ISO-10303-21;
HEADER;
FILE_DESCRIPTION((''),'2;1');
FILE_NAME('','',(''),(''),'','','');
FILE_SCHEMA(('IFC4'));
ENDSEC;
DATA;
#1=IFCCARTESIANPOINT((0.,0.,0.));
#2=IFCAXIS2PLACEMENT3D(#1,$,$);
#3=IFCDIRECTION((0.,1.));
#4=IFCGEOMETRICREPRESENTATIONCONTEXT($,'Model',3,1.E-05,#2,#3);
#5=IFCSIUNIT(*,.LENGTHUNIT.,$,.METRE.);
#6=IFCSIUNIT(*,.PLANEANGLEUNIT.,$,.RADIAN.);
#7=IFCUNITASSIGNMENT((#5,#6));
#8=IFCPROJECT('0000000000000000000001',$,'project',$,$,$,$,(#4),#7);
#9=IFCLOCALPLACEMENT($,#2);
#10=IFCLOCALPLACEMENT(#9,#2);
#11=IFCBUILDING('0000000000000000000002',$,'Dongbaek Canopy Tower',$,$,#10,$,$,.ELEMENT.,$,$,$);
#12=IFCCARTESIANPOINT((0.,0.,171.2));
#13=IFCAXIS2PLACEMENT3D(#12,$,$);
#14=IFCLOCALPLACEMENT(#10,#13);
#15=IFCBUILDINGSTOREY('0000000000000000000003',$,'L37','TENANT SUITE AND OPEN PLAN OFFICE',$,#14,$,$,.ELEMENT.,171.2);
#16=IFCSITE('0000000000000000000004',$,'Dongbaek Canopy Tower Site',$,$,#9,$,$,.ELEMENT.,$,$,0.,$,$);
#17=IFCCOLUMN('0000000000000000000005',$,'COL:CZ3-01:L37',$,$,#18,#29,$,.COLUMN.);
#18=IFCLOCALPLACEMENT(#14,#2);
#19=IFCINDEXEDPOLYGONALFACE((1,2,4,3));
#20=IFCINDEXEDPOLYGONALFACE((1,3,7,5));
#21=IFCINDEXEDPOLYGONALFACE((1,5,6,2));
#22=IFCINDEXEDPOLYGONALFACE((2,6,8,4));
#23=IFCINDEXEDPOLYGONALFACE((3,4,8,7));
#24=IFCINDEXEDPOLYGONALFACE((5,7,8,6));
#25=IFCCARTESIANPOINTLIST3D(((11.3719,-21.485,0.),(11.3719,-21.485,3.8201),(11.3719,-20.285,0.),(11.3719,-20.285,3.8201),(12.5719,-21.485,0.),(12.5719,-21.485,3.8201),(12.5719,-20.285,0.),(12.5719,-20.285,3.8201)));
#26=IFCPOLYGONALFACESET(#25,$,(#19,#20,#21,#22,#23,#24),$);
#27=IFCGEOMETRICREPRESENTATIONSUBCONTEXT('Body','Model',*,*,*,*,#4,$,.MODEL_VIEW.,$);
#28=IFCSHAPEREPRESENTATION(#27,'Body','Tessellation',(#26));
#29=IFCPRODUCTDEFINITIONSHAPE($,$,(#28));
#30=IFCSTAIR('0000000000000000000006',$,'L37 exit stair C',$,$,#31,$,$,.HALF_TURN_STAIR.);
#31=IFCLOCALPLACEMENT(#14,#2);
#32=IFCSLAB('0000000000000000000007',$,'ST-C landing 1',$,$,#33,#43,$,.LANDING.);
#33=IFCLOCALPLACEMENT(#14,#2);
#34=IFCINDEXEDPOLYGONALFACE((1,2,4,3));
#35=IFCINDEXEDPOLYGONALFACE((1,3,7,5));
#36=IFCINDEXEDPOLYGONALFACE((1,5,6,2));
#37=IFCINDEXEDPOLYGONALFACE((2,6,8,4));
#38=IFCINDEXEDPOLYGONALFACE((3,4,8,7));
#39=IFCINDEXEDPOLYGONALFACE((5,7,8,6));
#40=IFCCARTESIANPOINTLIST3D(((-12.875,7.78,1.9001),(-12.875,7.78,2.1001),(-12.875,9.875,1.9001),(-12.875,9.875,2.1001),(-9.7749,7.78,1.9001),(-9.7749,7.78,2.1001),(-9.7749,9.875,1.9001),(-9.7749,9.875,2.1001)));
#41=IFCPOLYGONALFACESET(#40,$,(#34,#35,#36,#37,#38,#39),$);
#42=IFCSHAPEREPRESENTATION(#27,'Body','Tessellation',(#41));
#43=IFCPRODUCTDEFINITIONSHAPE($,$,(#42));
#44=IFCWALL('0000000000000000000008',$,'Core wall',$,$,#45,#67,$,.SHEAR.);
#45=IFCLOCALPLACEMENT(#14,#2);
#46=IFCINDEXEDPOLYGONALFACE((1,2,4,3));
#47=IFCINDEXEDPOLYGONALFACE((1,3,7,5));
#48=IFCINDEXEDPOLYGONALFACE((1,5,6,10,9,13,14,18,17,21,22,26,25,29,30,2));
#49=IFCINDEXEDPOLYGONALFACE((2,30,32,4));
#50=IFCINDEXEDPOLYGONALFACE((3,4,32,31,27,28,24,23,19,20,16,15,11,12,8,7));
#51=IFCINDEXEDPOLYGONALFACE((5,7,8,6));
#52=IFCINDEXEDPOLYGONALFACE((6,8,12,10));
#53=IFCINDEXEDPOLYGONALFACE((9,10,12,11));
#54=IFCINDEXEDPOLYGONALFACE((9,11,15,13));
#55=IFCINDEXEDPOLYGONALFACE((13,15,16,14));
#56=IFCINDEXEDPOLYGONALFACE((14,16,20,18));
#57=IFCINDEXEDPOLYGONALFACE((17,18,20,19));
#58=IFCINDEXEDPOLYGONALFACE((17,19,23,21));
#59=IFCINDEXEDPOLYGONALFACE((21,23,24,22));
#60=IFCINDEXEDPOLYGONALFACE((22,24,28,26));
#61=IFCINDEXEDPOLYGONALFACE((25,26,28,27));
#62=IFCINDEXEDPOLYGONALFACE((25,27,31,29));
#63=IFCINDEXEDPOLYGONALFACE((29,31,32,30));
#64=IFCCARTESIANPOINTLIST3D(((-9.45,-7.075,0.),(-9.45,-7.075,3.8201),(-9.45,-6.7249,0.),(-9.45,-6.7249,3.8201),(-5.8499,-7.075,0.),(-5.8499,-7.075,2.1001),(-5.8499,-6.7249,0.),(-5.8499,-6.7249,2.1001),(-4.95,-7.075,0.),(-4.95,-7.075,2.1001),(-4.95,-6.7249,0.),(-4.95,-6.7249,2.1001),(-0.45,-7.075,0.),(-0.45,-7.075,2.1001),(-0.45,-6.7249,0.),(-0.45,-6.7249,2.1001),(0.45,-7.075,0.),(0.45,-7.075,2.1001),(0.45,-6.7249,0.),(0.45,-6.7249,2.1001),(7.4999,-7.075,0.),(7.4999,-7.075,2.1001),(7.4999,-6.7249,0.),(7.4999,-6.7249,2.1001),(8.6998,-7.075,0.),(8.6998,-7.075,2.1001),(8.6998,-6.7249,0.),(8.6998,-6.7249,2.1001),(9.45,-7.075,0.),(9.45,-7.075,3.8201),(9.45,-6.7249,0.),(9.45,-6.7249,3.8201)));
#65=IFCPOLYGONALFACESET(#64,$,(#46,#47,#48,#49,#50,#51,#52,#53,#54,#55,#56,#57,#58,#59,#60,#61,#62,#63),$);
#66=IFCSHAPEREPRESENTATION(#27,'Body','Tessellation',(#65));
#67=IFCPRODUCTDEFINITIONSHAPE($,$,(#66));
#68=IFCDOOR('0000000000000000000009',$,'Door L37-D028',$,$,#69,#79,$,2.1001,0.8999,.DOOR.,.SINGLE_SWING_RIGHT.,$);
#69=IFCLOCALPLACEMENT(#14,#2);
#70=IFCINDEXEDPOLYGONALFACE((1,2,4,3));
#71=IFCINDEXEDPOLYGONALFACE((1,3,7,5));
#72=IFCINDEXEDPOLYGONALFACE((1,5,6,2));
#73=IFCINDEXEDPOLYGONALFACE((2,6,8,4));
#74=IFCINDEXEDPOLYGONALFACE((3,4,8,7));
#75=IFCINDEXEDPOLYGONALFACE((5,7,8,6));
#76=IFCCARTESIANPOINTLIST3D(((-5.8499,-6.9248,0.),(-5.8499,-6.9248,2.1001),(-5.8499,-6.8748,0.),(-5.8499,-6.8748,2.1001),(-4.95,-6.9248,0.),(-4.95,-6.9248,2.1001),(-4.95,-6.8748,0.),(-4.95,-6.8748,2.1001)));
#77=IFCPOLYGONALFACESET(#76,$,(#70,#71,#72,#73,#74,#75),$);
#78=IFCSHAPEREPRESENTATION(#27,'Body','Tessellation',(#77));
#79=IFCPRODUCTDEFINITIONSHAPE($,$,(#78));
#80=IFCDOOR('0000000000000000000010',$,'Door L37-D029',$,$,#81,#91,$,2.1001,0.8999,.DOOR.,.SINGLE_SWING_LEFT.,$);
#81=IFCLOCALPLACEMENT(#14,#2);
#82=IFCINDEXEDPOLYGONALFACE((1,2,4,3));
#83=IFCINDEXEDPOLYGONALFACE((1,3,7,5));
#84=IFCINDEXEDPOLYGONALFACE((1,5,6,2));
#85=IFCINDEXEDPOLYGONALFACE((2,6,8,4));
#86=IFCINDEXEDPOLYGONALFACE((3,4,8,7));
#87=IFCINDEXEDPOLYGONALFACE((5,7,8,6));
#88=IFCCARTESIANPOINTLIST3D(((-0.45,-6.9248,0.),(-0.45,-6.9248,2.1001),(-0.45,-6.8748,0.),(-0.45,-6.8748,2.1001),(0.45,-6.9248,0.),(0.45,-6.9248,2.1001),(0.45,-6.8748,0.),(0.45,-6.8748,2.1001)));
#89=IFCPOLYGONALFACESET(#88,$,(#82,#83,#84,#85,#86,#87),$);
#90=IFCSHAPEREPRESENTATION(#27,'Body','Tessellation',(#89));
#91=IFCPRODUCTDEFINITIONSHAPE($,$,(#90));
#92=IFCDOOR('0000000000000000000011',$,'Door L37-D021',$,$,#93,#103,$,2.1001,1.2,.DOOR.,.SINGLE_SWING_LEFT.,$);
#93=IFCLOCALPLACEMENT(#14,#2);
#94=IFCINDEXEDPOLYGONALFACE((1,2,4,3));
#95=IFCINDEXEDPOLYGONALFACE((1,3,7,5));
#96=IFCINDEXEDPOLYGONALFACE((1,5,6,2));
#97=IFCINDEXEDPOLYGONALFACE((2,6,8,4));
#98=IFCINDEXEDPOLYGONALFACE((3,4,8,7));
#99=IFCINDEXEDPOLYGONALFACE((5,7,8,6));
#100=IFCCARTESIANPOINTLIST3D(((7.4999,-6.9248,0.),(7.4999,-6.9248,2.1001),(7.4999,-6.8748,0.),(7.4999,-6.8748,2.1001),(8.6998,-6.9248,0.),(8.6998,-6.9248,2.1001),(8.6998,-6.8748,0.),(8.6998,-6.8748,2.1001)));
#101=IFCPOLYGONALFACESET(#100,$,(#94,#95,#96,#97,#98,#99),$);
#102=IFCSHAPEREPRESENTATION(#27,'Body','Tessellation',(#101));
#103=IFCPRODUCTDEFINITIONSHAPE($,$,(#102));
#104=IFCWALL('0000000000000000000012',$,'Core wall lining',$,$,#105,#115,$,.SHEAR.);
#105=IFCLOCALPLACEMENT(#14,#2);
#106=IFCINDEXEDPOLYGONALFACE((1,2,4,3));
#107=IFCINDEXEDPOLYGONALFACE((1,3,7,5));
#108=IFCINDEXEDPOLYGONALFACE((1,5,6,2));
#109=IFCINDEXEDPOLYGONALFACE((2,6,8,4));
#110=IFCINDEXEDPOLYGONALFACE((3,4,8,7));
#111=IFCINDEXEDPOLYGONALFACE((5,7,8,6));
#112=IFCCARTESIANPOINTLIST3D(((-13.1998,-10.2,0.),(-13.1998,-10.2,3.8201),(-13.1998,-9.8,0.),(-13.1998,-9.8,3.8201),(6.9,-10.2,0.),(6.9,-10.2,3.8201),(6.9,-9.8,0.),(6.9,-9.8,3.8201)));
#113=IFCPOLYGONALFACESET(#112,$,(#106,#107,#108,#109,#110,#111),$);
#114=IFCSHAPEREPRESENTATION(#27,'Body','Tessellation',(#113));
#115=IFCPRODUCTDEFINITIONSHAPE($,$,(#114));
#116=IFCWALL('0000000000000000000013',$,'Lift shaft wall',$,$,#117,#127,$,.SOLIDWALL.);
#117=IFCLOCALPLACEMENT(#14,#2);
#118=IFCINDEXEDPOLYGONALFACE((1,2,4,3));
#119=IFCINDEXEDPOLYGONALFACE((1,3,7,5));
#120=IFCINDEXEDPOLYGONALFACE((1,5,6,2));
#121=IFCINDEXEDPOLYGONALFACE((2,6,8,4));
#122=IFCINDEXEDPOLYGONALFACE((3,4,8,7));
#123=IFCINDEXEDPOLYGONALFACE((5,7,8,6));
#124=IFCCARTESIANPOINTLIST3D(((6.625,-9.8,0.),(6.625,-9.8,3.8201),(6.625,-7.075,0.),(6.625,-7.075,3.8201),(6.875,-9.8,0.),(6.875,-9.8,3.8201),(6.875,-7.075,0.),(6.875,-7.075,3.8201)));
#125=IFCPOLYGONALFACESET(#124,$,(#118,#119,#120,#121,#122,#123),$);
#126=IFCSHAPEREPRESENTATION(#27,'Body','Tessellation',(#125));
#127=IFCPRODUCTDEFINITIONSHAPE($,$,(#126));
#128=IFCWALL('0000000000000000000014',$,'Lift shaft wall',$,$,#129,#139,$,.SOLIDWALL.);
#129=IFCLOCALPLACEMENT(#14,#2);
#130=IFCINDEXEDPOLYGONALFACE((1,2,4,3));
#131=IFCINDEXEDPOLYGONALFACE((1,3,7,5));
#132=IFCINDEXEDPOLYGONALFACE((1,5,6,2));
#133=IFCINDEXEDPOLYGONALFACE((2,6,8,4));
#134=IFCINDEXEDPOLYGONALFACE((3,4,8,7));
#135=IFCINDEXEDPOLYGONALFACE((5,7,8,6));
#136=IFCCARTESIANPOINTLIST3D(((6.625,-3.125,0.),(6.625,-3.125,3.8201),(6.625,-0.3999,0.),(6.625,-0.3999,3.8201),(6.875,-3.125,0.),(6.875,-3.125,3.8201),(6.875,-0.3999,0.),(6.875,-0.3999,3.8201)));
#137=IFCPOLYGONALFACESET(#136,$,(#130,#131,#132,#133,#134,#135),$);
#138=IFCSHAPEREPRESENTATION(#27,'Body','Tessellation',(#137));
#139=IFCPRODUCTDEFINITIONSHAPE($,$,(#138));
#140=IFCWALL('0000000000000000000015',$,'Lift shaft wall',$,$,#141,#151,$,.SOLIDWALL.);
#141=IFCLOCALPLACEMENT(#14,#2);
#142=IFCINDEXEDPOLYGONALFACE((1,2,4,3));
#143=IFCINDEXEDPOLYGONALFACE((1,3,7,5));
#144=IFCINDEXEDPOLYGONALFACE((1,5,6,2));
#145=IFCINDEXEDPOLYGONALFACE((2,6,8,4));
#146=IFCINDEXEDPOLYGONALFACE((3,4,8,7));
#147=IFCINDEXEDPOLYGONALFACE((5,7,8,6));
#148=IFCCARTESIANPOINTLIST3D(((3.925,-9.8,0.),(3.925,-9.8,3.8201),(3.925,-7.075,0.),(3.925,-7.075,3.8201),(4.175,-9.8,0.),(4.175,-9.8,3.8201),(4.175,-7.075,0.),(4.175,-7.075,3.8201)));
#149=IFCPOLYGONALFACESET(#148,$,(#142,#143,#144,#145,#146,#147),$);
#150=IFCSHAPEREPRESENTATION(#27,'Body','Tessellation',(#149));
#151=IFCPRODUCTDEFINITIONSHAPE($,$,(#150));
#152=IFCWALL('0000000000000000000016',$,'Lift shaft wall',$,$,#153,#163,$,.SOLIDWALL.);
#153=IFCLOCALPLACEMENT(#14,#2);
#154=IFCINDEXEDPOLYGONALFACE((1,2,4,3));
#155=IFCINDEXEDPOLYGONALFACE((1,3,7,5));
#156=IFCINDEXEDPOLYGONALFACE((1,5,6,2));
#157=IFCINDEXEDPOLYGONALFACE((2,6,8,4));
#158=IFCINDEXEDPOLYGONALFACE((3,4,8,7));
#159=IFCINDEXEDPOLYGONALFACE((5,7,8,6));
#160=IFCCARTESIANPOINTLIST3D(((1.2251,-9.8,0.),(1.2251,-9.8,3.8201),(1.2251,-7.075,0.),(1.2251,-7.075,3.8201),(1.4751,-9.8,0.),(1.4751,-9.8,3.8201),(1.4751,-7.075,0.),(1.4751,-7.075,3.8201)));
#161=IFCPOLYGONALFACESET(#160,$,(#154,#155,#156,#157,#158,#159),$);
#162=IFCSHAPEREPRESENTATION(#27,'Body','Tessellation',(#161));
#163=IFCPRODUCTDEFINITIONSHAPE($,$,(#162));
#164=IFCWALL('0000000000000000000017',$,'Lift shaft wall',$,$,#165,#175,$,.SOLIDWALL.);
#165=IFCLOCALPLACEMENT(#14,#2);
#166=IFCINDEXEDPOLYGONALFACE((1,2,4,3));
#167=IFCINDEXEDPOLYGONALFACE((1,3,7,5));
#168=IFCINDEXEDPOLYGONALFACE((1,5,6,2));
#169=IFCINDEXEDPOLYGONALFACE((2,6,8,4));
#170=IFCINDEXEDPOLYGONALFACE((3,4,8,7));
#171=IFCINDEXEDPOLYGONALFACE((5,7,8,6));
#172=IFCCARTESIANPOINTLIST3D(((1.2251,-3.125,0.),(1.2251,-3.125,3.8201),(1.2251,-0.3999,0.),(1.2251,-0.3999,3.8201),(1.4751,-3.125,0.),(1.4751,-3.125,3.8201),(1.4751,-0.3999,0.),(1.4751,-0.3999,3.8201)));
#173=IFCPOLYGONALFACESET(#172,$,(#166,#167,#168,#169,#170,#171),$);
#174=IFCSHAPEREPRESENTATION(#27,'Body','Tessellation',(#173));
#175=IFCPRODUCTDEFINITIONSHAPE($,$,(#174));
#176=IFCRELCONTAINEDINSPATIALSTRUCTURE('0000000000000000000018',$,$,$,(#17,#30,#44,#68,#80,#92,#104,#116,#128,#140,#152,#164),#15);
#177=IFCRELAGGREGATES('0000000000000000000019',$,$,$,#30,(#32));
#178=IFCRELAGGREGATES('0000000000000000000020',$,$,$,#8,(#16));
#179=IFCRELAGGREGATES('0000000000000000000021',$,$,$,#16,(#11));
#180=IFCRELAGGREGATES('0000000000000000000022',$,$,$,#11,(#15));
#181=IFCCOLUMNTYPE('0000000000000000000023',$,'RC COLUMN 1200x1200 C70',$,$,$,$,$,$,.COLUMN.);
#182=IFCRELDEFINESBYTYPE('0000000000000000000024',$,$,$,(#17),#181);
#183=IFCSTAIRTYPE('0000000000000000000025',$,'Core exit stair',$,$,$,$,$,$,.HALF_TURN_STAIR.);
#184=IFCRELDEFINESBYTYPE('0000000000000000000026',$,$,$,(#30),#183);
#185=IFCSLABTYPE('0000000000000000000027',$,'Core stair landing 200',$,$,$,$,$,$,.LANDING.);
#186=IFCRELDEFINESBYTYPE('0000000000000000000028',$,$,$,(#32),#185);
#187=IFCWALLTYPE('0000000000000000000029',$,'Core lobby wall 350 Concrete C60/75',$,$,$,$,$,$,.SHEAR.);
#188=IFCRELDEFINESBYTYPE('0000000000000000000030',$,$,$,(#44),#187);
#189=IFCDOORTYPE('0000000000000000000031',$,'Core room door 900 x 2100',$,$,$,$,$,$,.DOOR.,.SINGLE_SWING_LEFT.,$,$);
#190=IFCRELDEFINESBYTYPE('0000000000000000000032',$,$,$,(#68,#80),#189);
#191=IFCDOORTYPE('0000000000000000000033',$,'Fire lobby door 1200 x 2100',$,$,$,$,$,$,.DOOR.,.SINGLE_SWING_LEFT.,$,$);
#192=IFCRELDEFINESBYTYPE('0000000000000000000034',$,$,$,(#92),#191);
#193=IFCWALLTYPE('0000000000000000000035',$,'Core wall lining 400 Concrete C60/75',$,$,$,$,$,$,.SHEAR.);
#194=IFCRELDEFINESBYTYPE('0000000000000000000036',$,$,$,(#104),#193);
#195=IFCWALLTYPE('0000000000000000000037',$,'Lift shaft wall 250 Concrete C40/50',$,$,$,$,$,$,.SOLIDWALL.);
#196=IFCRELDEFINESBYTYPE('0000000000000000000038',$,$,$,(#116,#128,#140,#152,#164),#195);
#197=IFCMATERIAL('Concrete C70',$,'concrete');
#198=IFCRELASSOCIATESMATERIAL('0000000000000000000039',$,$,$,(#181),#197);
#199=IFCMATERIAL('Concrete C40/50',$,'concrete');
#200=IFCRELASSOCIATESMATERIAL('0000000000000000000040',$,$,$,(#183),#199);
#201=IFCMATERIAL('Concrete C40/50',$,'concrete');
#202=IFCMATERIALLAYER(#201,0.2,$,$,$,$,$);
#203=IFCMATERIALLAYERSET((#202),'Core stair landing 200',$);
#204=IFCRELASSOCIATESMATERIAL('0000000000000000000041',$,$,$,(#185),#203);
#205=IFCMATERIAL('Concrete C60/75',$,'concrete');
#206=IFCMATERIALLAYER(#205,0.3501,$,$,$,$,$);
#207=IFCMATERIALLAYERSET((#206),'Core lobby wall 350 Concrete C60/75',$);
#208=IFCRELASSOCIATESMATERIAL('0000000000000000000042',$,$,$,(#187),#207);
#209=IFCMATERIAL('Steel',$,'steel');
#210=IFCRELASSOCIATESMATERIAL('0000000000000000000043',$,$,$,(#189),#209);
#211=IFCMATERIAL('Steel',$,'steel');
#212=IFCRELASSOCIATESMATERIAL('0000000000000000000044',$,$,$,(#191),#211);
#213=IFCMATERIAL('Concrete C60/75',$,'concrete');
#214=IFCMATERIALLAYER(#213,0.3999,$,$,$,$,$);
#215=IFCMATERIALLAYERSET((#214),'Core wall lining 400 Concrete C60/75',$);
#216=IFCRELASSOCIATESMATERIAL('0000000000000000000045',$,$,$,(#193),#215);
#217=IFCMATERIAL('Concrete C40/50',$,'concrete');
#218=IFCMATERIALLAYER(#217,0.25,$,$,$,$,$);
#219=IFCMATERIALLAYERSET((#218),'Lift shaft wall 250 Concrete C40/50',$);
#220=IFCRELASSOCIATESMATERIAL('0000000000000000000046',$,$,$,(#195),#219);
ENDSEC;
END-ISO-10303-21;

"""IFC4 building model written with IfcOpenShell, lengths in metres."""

from ifc_helpers import new_model, si_unit, direction, frame, frame_2d, origin, origin_2d, place, context, subcontext, project, spatial, polyline, rectangle, outline, extrude, material, layer, layer_set, material_profile, profile_set, type_object, element, fill, aggregate, save


model = new_model("IFC4")

# Units and contexts
model_context = context("Model", 3, precision=1e-05, world=origin(), true_north=direction((0.0, 1.0)))
body_context = subcontext(model_context, "Body", "Model", "MODEL_VIEW")
ifc_project = project(units=[si_unit("LENGTHUNIT", "METRE"), si_unit("PLANEANGLEUNIT", "RADIAN")], contexts=[model_context])

# Site, building, storey
site_placement = place(None, origin())
site = spatial("IfcSite", under=ifc_project, at=site_placement, Name="Dongbaek Canopy Tower Site", CompositionType="ELEMENT", RefElevation=0.0)
building_placement = place(site_placement, origin())
building = spatial("IfcBuilding", under=site, at=building_placement, Name="Dongbaek Canopy Tower", CompositionType="ELEMENT")
storey_placement = place(building_placement, frame((0.0, 0.0, 171.2)))
storey = spatial("IfcBuildingStorey", under=building, at=storey_placement, Name="L37", Description="TENANT SUITE AND OPEN PLAN OFFICE", CompositionType="ELEMENT", Elevation=171.2)

# Column
ifc_material_1 = material(Name="Concrete C70", Category="concrete")
ifc_material_profile = material_profile(ifc_material_1, rectangle(XDim=1.2, YDim=1.2, at=origin_2d()), Name="RC COLUMN 1200x1200 C70")
ifc_profile_set = profile_set([ifc_material_profile], Name="Concrete C70")
column_type = type_object("IfcColumnType", Name="RC COLUMN 1200x1200 C70", PredefinedType="COLUMN", material=ifc_profile_set)
column_placement = place(storey_placement, frame((11.9719, -20.885, 0.0), z_axis=(0.0, 0.0, 1.0), x_axis=(1.0, 0.0, 0.0)))
element("IfcColumn", 1, at=column_placement, inside=storey, type_object=column_type, Name="COL:CZ3-01:L37", PredefinedType="COLUMN", context=body_context, shape_type="SweptSolid", body=[
    extrude(rectangle(XDim=1.2, YDim=1.2, at=origin_2d()), origin(), (0.0, 0.0, 1.0), 3.8201),
])

# Stair, slab
ifc_material_2 = material(Name="Concrete C40/50", Category="concrete")
stair_type = type_object("IfcStairType", Name="Core exit stair", PredefinedType="HALF_TURN_STAIR", material=ifc_material_2)
stair_1_placement = place(storey_placement, origin())
stair_1 = element("IfcStair", 2, at=stair_1_placement, inside=storey, type_object=stair_type, Name="L37 exit stair C", PredefinedType="HALF_TURN_STAIR")
ifc_material_3 = material(Name="Concrete C40/50", Category="concrete")
ifc_layer_1 = layer(ifc_material_3, 0.2)
ifc_layer_set_1 = layer_set([ifc_layer_1], Name="Core stair landing 200")
slab_type = type_object("IfcSlabType", Name="Core stair landing 200", PredefinedType="LANDING", material=ifc_layer_set_1)
slab_placement = place(storey_placement, frame((0.0, 0.0, 1.9001)))
slab = element("IfcSlab", 3, at=slab_placement, type_object=slab_type, Name="ST-C landing 1", PredefinedType="LANDING", context=body_context, shape_type="SweptSolid", body=[
    extrude(outline(polyline([(-9.7749, 7.78), (-9.7749, 9.875), (-12.875, 9.875), (-12.875, 7.78), (-9.7749, 7.78)])), origin(), (0.0, 0.0, 1.0), 0.2),
])
aggregate(stair_1, [slab])

# Wall, openings, doors
ifc_material_4 = material(Name="Concrete C60/75", Category="concrete")
ifc_layer_2 = layer(ifc_material_4, 0.3501)
ifc_layer_set_2 = layer_set([ifc_layer_2], Name="Core lobby wall 350 Concrete C60/75")
wall_type_1 = type_object("IfcWallType", Name="Core lobby wall 350 Concrete C60/75", PredefinedType="SHEAR", material=ifc_layer_set_2)
wall_1_placement = place(storey_placement, frame((9.45, -6.8999, 0.0), z_axis=(0.0, 0.0, 1.0), x_axis=(-1.0, 0.0, 0.0)))
wall_1 = element("IfcWall", 4, at=wall_1_placement, inside=storey, type_object=wall_type_1, Name="Core wall", PredefinedType="SHEAR", context=body_context, shape_type="SweptSolid", body=[
    extrude(rectangle(XDim=18.8999, YDim=0.3501, at=frame_2d((9.45, 0.0))), origin(), (0.0, 0.0, 1.0), 3.8201),
])
opening_1_placement = place(wall_1_placement, frame((0.75, 0.0, 0.0)))
opening_1 = element("IfcOpeningElement", 5, at=opening_1_placement, cuts=wall_1, PredefinedType="OPENING", context=body_context, shape_type="SweptSolid", body=[
    extrude(rectangle(XDim=1.2, YDim=2.1001, at=frame_2d((0.6001, 1.05))), frame((0.0, 0.1851, 0.0), z_axis=(0.0, -1.0, 0.0), x_axis=(1.0, 0.0, 0.0)), (0.0, 0.0, 1.0), 0.3701),
])
opening_2_placement = place(wall_1_placement, frame((14.3999, 0.0, 0.0)))
opening_2 = element("IfcOpeningElement", 6, at=opening_2_placement, cuts=wall_1, PredefinedType="OPENING", context=body_context, shape_type="SweptSolid", body=[
    extrude(rectangle(XDim=0.8999, YDim=2.1001, at=frame_2d((0.45, 1.05))), frame((0.0, 0.1851, 0.0), z_axis=(0.0, -1.0, 0.0), x_axis=(1.0, 0.0, 0.0)), (0.0, 0.0, 1.0), 0.3701),
])
opening_3_placement = place(wall_1_placement, frame((9.0, 0.0, 0.0)))
opening_3 = element("IfcOpeningElement", 7, at=opening_3_placement, cuts=wall_1, PredefinedType="OPENING", context=body_context, shape_type="SweptSolid", body=[
    extrude(rectangle(XDim=0.8999, YDim=2.1001, at=frame_2d((0.45, 1.05))), frame((0.0, 0.1851, 0.0), z_axis=(0.0, -1.0, 0.0), x_axis=(1.0, 0.0, 0.0)), (0.0, 0.0, 1.0), 0.3701),
])
ifc_material_5 = material(Name="Steel", Category="steel")
door_type_1 = type_object("IfcDoorType", Name="Core room door 900 x 2100", OperationType="SINGLE_SWING_LEFT", PredefinedType="DOOR", material=ifc_material_5)
door_1_placement = place(opening_2_placement, origin())
door_1 = element("IfcDoor", 8, at=door_1_placement, inside=storey, type_object=door_type_1, Name="Door L37-D028", OperationType="SINGLE_SWING_RIGHT", OverallHeight=2.1001, OverallWidth=0.8999, PredefinedType="DOOR", context=body_context, shape_type="SweptSolid", body=[
    extrude(rectangle(XDim=0.8999, YDim=2.1001, at=frame_2d((0.45, 1.05))), frame((0.0, 0.0249, 0.0), z_axis=(0.0, -1.0, 0.0), x_axis=(1.0, 0.0, 0.0)), (0.0, 0.0, 1.0), 0.05),
])
fill(opening_2, door_1)
door_2_placement = place(opening_3_placement, origin())
door_2 = element("IfcDoor", 9, at=door_2_placement, inside=storey, type_object=door_type_1, Name="Door L37-D029", OperationType="SINGLE_SWING_LEFT", OverallHeight=2.1001, OverallWidth=0.8999, PredefinedType="DOOR", context=body_context, shape_type="SweptSolid", body=[
    extrude(rectangle(XDim=0.8999, YDim=2.1001, at=frame_2d((0.45, 1.05))), frame((0.0, 0.0249, 0.0), z_axis=(0.0, -1.0, 0.0), x_axis=(1.0, 0.0, 0.0)), (0.0, 0.0, 1.0), 0.05),
])
fill(opening_3, door_2)
ifc_material_6 = material(Name="Steel", Category="steel")
door_type_2 = type_object("IfcDoorType", Name="Fire lobby door 1200 x 2100", OperationType="SINGLE_SWING_LEFT", PredefinedType="DOOR", material=ifc_material_6)
door_3_placement = place(opening_1_placement, origin())
door_3 = element("IfcDoor", 10, at=door_3_placement, inside=storey, type_object=door_type_2, Name="Door L37-D021", OperationType="SINGLE_SWING_LEFT", OverallHeight=2.1001, OverallWidth=1.2, PredefinedType="DOOR", context=body_context, shape_type="SweptSolid", body=[
    extrude(rectangle(XDim=1.2, YDim=2.1001, at=frame_2d((0.6001, 1.05))), frame((0.0, 0.0249, 0.0), z_axis=(0.0, -1.0, 0.0), x_axis=(1.0, 0.0, 0.0)), (0.0, 0.0, 1.0), 0.05),
])
fill(opening_1, door_3)

# Walls
ifc_material_7 = material(Name="Concrete C60/75", Category="concrete")
ifc_layer_3 = layer(ifc_material_7, 0.3999)
ifc_layer_set_3 = layer_set([ifc_layer_3], Name="Core wall lining 400 Concrete C60/75")
wall_type_2 = type_object("IfcWallType", Name="Core wall lining 400 Concrete C60/75", PredefinedType="SHEAR", material=ifc_layer_set_3)
wall_2_placement = place(storey_placement, frame((6.8999, -10.0, 0.0), z_axis=(0.0, 0.0, 1.0), x_axis=(-1.0, 0.0, 0.0)))
element("IfcWall", 11, at=wall_2_placement, inside=storey, type_object=wall_type_2, Name="Core wall lining", PredefinedType="SHEAR", context=body_context, shape_type="SweptSolid", body=[
    extrude(rectangle(XDim=20.0999, YDim=0.3999, at=frame_2d((10.0498, 0.0))), origin(), (0.0, 0.0, 1.0), 3.8201),
])
ifc_material_8 = material(Name="Concrete C40/50", Category="concrete")
ifc_layer_4 = layer(ifc_material_8, 0.25)
ifc_layer_set_4 = layer_set([ifc_layer_4], Name="Lift shaft wall 250 Concrete C40/50")
wall_type_3 = type_object("IfcWallType", Name="Lift shaft wall 250 Concrete C40/50", PredefinedType="SOLIDWALL", material=ifc_layer_set_4)
for number, where, z_axis, x_axis, name in (
    (12, (6.75, -9.8, 0.0), (0.0, 0.0, 1.0), (0.0, 1.0, 0.0), "Lift shaft wall"),
    (13, (6.75, -3.125, 0.0), (0.0, 0.0, 1.0), (0.0, 1.0, 0.0), "Lift shaft wall"),
    (14, (4.05, -9.8, 0.0), (0.0, 0.0, 1.0), (0.0, 1.0, 0.0), "Lift shaft wall"),
    (15, (1.3501, -9.8, 0.0), (0.0, 0.0, 1.0), (0.0, 1.0, 0.0), "Lift shaft wall"),
    (16, (1.3501, -3.125, 0.0), (0.0, 0.0, 1.0), (0.0, 1.0, 0.0), "Lift shaft wall"),
):
    element("IfcWall", number, at=place(storey_placement, frame(where, z_axis=z_axis, x_axis=x_axis)), inside=storey, type_object=wall_type_3, Name=name, PredefinedType="SOLIDWALL", context=body_context, shape_type="SweptSolid", body=[
        extrude(rectangle(XDim=2.7251, YDim=0.25, at=frame_2d((1.3625, 0.0))), origin(), (0.0, 0.0, 1.0), 3.8201),
    ])

save(model, "model.ifc")
